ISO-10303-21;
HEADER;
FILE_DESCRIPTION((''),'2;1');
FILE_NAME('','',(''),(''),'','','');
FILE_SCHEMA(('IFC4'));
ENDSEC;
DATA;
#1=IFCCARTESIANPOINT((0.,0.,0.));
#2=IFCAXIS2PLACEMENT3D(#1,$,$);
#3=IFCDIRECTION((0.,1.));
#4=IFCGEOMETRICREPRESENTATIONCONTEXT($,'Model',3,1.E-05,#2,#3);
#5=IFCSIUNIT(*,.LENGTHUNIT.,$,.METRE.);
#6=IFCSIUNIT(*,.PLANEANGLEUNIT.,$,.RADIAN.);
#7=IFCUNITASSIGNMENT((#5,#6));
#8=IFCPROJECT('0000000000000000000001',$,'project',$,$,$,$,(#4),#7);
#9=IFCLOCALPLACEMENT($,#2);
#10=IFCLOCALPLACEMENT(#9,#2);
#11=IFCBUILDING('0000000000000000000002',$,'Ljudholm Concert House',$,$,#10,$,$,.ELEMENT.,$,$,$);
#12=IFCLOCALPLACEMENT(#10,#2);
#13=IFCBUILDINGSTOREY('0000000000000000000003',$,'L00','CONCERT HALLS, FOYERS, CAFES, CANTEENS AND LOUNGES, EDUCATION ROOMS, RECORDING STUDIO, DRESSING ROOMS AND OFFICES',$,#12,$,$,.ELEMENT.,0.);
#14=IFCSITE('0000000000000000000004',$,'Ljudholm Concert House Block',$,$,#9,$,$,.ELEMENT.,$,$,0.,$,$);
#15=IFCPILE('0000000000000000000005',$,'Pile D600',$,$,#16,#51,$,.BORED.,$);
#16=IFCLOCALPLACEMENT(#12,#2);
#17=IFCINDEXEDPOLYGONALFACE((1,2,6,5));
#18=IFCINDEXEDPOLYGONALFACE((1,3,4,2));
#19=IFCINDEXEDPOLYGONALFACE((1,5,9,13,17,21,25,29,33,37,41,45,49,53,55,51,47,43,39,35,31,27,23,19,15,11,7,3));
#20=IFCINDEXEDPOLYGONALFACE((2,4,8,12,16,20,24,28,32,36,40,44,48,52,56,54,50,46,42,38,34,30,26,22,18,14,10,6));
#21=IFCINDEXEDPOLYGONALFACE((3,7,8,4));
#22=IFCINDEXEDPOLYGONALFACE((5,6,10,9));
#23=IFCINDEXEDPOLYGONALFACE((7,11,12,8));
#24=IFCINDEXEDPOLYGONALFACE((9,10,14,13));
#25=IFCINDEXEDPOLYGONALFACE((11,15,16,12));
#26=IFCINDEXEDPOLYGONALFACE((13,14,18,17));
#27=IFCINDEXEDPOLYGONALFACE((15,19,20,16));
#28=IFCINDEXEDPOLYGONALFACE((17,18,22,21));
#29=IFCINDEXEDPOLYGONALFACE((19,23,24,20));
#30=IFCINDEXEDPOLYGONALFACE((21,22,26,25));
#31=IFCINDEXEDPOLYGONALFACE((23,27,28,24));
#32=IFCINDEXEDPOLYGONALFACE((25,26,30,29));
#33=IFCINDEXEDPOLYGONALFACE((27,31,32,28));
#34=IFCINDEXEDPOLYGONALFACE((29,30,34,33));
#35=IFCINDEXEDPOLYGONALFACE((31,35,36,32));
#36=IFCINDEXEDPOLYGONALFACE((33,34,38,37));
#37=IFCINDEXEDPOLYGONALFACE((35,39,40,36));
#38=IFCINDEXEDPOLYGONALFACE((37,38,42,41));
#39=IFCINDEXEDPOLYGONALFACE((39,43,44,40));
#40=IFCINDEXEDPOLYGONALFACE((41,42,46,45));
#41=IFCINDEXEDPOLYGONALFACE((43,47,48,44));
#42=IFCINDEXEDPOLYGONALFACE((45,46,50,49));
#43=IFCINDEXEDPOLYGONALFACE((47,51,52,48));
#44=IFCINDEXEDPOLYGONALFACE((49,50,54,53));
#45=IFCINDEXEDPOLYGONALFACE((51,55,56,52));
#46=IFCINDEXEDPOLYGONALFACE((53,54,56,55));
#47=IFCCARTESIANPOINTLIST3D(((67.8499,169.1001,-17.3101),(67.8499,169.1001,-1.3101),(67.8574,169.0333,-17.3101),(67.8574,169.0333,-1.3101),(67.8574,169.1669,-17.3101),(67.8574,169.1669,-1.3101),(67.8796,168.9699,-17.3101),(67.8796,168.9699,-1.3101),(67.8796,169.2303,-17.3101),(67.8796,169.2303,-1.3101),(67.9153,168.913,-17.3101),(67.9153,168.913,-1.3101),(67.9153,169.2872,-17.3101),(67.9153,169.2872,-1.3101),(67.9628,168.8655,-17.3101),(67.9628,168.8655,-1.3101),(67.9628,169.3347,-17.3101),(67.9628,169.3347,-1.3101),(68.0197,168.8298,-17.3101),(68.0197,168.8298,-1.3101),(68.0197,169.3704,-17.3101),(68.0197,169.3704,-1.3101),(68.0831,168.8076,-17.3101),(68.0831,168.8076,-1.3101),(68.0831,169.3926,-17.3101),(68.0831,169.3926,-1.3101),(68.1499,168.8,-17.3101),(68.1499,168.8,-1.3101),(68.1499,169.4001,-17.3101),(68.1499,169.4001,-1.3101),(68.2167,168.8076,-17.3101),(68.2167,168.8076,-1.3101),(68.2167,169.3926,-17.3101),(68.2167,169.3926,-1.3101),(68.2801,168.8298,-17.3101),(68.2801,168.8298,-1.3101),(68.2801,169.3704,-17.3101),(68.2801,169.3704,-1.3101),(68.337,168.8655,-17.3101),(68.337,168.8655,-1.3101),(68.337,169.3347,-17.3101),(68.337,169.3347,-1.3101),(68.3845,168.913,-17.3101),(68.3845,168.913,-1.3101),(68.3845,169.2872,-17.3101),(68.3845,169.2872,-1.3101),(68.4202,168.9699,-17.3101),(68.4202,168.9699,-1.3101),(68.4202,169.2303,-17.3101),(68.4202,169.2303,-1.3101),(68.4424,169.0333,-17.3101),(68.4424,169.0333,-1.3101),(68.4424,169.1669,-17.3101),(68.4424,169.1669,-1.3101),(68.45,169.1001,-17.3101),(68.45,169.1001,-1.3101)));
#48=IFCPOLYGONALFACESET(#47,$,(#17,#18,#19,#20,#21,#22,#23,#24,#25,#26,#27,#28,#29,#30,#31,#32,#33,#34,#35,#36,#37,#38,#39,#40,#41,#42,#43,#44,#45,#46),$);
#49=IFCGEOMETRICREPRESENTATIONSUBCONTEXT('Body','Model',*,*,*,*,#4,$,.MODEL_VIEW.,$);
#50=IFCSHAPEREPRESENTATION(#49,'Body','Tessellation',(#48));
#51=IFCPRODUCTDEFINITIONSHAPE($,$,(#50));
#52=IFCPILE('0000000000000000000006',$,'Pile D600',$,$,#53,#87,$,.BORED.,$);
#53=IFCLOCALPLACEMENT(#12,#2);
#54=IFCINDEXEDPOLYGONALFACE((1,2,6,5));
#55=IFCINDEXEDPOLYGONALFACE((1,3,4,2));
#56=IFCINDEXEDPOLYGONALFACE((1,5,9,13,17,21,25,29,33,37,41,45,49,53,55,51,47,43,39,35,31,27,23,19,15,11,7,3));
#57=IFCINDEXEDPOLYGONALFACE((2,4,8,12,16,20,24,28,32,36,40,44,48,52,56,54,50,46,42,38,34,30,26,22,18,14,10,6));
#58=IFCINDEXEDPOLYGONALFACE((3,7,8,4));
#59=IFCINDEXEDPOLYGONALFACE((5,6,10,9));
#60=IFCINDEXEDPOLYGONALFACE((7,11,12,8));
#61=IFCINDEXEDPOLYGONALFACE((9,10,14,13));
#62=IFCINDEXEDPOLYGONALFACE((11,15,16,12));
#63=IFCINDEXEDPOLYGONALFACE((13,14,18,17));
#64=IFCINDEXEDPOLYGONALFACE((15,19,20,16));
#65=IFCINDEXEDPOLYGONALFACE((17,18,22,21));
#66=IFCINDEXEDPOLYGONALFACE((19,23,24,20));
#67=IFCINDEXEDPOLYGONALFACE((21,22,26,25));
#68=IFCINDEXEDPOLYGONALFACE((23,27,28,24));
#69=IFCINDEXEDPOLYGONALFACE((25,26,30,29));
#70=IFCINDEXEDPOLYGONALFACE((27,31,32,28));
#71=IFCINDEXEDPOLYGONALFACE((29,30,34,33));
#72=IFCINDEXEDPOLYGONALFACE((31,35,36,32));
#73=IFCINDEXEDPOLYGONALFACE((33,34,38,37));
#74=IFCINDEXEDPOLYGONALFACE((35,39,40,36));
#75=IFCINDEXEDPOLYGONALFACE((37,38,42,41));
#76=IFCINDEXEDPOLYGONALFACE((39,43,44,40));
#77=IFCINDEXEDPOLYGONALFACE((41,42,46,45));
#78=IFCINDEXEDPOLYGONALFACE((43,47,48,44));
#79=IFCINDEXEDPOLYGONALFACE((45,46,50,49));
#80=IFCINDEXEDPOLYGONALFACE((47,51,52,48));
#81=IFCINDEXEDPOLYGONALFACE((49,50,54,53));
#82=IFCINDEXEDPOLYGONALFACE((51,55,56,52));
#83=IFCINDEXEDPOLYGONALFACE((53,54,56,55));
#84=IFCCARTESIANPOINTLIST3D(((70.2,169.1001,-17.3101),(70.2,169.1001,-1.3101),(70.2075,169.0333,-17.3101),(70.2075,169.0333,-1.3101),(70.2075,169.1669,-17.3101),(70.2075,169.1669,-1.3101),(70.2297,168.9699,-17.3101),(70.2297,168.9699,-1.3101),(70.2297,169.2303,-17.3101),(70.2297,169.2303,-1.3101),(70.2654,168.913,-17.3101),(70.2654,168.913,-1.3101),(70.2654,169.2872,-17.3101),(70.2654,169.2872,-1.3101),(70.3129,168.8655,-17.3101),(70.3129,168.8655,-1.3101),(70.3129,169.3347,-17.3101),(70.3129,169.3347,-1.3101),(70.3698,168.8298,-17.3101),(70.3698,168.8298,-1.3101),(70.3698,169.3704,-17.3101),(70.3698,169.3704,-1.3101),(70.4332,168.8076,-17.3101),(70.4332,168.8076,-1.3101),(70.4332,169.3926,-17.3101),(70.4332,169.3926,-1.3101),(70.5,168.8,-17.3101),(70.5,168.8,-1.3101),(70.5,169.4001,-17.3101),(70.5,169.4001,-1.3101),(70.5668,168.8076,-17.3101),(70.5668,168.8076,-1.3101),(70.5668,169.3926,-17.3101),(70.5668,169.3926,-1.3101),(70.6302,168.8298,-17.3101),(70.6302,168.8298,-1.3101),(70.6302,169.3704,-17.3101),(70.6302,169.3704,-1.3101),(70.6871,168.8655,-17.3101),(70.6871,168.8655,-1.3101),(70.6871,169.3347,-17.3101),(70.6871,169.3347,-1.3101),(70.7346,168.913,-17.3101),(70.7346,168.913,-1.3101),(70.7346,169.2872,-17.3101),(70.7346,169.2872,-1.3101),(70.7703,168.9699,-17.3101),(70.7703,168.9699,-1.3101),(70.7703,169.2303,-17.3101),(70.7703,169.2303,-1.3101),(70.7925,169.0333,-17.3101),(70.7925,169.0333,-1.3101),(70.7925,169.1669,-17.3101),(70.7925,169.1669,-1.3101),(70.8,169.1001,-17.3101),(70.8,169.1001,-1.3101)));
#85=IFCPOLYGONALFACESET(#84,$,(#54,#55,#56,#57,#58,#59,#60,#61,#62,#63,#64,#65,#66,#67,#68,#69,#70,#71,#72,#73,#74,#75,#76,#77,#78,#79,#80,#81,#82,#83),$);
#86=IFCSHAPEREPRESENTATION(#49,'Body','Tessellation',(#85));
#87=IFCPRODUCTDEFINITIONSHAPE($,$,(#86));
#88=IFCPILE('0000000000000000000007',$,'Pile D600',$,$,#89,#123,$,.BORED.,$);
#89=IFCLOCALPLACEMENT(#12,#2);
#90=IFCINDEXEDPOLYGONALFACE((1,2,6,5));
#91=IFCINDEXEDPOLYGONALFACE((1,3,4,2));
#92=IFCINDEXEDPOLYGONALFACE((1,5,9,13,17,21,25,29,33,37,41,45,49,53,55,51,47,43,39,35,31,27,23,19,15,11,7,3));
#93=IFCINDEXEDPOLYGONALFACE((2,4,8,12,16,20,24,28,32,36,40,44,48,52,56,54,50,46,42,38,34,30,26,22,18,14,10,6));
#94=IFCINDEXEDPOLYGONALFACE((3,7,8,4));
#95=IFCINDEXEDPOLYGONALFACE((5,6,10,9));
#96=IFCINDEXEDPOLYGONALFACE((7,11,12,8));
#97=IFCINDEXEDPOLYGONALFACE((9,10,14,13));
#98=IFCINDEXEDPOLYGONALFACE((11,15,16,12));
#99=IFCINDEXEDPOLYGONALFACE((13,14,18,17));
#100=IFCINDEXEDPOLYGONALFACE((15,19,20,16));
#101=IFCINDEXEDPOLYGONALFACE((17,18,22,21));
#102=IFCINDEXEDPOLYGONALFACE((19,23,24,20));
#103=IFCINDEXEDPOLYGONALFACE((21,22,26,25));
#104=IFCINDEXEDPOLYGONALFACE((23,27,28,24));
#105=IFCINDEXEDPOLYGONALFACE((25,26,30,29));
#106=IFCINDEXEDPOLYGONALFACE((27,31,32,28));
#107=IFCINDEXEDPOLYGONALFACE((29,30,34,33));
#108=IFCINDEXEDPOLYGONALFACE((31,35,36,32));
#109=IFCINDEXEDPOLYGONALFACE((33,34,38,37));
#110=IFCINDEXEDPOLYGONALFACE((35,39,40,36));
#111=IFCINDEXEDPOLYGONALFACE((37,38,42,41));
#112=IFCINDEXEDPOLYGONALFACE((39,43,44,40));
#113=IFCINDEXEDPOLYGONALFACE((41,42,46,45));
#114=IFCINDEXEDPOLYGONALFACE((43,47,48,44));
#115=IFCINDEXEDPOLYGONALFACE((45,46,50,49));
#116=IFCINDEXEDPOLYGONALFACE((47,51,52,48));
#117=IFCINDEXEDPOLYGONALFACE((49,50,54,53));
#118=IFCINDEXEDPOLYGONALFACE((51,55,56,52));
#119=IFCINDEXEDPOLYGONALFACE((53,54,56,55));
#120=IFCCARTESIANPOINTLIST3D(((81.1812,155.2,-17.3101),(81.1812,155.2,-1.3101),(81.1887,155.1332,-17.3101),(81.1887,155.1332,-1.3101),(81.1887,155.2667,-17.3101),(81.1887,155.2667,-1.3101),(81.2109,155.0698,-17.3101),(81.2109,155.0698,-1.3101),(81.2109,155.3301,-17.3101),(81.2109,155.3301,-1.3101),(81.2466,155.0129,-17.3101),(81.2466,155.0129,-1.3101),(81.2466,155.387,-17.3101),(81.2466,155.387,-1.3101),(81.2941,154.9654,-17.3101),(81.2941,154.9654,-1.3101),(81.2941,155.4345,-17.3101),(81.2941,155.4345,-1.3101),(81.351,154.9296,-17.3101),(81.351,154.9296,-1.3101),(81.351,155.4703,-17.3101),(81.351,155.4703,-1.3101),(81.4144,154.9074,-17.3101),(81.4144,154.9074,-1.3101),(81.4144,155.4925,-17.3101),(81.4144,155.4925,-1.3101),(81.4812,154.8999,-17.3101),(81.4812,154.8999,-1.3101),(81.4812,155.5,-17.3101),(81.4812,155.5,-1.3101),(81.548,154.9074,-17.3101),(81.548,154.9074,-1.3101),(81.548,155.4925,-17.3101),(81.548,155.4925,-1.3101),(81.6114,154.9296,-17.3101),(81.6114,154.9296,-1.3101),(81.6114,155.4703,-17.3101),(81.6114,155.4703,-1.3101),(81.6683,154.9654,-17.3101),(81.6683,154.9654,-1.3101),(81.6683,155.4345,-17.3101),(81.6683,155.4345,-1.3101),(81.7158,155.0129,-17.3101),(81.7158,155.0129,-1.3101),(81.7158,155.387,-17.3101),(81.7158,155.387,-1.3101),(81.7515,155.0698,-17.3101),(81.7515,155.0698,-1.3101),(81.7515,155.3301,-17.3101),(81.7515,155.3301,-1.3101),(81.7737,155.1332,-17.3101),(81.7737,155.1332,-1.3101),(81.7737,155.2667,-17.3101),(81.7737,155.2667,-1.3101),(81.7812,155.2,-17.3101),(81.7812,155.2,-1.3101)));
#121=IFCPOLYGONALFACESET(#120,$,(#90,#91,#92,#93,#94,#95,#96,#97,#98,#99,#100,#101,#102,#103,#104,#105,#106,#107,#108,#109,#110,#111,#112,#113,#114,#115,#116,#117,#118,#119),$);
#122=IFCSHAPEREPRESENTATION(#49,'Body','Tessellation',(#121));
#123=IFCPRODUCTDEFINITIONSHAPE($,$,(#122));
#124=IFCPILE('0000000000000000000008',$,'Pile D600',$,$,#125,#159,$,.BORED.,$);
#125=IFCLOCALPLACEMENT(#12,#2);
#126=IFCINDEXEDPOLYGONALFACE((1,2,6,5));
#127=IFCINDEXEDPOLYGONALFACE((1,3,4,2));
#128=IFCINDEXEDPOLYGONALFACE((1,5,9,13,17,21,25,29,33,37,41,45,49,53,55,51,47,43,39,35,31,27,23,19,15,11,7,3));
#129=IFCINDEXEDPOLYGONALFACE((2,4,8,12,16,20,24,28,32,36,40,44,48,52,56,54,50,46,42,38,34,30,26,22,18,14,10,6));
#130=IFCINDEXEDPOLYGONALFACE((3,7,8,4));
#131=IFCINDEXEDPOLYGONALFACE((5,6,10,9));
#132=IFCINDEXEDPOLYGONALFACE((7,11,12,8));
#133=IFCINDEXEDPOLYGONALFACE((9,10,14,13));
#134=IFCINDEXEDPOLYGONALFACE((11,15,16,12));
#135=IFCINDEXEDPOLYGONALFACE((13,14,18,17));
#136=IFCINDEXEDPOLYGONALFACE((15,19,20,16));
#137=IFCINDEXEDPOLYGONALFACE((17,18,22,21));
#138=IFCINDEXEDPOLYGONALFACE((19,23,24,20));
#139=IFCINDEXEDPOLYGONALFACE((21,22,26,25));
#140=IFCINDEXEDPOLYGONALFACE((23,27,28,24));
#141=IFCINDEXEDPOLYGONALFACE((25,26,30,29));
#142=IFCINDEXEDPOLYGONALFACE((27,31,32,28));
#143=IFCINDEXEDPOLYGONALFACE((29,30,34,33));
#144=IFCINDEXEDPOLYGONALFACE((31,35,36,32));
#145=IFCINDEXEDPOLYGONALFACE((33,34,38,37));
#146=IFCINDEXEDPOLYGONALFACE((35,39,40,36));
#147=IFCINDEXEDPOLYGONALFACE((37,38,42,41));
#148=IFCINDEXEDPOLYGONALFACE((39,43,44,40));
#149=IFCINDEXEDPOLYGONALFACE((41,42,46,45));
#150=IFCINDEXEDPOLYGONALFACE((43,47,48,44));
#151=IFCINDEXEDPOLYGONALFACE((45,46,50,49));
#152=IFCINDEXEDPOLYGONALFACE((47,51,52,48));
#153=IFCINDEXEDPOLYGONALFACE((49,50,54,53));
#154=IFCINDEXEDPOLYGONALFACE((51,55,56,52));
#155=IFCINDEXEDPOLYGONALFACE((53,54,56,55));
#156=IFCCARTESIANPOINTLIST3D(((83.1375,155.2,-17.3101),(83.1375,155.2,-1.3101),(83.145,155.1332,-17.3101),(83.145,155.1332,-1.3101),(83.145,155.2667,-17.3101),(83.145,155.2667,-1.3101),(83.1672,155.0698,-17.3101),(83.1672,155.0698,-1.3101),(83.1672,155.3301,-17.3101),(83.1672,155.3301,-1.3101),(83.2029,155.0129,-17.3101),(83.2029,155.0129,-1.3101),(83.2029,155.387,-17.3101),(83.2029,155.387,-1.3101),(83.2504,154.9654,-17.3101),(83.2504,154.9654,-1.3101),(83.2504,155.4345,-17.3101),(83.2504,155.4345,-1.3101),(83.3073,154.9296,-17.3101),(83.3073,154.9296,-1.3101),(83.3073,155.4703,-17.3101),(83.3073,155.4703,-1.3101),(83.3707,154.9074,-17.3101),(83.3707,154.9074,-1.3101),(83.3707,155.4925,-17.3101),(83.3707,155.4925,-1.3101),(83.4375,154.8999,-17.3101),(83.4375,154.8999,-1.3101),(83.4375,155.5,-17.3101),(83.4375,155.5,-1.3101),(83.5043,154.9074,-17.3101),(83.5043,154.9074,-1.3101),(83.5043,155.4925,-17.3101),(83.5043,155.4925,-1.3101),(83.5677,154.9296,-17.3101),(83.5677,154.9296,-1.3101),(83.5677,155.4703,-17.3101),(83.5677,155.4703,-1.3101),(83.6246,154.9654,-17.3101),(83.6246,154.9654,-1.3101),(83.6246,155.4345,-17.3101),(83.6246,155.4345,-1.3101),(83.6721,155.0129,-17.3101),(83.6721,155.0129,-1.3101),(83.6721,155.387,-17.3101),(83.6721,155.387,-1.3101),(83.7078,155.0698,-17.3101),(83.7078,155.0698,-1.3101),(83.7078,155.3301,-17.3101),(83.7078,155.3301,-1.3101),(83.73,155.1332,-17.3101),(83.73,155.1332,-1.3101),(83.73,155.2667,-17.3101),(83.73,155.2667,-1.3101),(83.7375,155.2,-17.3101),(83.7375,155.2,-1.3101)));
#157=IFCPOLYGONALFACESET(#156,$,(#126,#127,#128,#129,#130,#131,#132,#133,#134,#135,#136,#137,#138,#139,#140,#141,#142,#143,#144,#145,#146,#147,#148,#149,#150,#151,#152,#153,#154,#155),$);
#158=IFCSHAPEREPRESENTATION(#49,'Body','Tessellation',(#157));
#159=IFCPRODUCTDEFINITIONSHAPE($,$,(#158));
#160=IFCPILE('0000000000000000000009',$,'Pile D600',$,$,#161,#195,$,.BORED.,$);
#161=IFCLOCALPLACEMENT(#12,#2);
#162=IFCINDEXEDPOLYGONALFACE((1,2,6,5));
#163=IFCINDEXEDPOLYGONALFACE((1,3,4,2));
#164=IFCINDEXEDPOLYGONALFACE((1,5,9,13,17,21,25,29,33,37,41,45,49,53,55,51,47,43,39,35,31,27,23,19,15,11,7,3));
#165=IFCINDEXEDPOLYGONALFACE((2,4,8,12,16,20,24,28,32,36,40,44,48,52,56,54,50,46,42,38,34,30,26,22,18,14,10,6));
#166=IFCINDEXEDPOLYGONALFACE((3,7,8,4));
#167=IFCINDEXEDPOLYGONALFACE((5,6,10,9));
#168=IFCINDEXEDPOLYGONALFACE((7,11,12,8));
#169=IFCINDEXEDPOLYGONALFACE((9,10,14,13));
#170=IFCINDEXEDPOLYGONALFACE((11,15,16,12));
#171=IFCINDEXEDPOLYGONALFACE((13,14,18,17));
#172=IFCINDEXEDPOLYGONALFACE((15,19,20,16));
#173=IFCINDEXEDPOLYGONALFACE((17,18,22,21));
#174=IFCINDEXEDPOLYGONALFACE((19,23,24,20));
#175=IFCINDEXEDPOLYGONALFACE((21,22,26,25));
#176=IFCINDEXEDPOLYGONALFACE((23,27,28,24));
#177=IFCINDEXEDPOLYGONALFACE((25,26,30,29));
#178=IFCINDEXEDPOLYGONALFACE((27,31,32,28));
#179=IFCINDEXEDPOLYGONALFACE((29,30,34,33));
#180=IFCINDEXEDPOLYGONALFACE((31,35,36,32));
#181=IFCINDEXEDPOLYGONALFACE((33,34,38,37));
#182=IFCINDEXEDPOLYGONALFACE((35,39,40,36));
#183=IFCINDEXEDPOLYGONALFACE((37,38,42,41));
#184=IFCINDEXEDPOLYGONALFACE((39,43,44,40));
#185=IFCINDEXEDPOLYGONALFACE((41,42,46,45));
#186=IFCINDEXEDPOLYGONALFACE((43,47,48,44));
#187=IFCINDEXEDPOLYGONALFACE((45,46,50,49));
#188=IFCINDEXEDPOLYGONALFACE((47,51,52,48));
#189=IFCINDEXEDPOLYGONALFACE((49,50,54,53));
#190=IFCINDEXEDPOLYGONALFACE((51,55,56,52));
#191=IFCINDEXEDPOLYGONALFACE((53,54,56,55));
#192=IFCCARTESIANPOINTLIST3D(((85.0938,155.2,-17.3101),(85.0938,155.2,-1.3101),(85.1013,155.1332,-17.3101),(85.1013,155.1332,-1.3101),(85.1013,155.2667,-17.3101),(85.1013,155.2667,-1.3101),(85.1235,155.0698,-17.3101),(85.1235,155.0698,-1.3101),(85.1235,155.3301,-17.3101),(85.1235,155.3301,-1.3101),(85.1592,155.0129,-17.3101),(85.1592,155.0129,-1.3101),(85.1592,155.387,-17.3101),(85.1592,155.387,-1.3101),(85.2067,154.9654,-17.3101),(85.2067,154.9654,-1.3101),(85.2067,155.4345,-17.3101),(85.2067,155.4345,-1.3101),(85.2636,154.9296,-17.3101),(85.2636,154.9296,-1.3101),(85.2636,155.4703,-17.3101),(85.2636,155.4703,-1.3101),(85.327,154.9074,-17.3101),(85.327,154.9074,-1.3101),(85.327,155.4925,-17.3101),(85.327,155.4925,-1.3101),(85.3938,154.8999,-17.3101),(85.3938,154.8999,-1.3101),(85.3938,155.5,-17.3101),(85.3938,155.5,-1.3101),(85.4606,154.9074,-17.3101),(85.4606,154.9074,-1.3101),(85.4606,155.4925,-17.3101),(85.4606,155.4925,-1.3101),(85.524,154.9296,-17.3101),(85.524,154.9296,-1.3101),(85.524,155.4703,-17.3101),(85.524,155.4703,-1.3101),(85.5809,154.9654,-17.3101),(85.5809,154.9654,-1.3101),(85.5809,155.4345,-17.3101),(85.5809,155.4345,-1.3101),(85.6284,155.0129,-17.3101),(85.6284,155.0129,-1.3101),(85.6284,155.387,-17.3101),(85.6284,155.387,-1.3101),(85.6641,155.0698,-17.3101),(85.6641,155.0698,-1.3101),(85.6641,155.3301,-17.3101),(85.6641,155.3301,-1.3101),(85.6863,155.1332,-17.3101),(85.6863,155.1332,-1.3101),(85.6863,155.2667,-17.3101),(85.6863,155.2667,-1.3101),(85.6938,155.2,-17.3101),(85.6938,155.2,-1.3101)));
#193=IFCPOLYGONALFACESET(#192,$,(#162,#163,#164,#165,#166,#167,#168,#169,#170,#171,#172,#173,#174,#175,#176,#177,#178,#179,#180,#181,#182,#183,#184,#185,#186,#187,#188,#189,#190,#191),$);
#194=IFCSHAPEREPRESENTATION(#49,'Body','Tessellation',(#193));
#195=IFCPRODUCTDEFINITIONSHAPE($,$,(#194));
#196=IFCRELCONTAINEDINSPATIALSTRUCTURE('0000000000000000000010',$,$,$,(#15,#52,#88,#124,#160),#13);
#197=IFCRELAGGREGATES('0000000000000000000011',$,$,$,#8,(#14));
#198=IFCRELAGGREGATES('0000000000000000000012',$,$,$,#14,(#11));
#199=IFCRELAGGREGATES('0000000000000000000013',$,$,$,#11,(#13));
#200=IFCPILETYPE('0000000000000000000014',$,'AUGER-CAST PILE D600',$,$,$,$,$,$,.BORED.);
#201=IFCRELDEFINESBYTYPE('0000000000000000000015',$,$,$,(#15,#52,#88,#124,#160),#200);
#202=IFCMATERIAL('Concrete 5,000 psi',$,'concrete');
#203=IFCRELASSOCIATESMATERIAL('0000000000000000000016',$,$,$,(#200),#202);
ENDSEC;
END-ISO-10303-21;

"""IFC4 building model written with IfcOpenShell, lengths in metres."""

from ifc_helpers import new_model, si_unit, direction, frame, origin, origin_2d, place, context, subcontext, project, spatial, circle, extrude, material, material_profile, profile_set, type_object, element, save


model = new_model("IFC4")

# Units and contexts
model_context = context("Model", 3, precision=1e-05, world=origin(), true_north=direction((0.0, 1.0)))
body_context = subcontext(model_context, "Body", "Model", "MODEL_VIEW")
ifc_project = project(units=[si_unit("LENGTHUNIT", "METRE"), si_unit("PLANEANGLEUNIT", "RADIAN")], contexts=[model_context])

# Site, building, storey
site_placement = place(None, origin())
site = spatial("IfcSite", under=ifc_project, at=site_placement, Name="Ljudholm Concert House Block", CompositionType="ELEMENT", RefElevation=0.0)
building_placement = place(site_placement, origin())
building = spatial("IfcBuilding", under=site, at=building_placement, Name="Ljudholm Concert House", CompositionType="ELEMENT")
storey_placement = place(building_placement, origin())
storey = spatial("IfcBuildingStorey", under=building, at=storey_placement, Name="L00", Description="CONCERT HALLS, FOYERS, CAFES, CANTEENS AND LOUNGES, EDUCATION ROOMS, RECORDING STUDIO, DRESSING ROOMS AND OFFICES", CompositionType="ELEMENT", Elevation=0.0)

# Piles
ifc_material_1 = material(Name="Concrete 5,000 psi", Category="concrete")
ifc_material_profile = material_profile(ifc_material_1, circle(Radius=0.3, at=origin_2d()), Name="AUGER-CAST PILE D600")
ifc_profile_set = profile_set([ifc_material_profile], Name="Concrete 5,000 psi")
pile_type = type_object("IfcPileType", Name="AUGER-CAST PILE D600", PredefinedType="BORED", material=ifc_profile_set)
for number, where, z_axis, x_axis, name in (
    (1, (68.1499, 169.1001, -1.3101), (0.0, 0.0, -1.0), (1.0, 0.0, 0.0), "Pile D600"),
    (2, (70.5, 169.1001, -1.3101), (0.0, 0.0, -1.0), (1.0, 0.0, 0.0), "Pile D600"),
    (3, (81.4812, 155.2, -1.3101), (0.0, 0.0, -1.0), (1.0, 0.0, 0.0), "Pile D600"),
    (4, (83.4375, 155.2, -1.3101), (0.0, 0.0, -1.0), (1.0, 0.0, 0.0), "Pile D600"),
    (5, (85.3938, 155.2, -1.3101), (0.0, 0.0, -1.0), (1.0, 0.0, 0.0), "Pile D600"),
):
    element("IfcPile", number, at=place(storey_placement, frame(where, z_axis=z_axis, x_axis=x_axis)), inside=storey, type_object=pile_type, Name=name, PredefinedType="BORED", context=body_context, shape_type="SweptSolid", body=[
        extrude(circle(Radius=0.3, at=origin_2d()), origin(), (0.0, 0.0, 1.0), 16.0),
    ])

save(model, "model.ifc")
